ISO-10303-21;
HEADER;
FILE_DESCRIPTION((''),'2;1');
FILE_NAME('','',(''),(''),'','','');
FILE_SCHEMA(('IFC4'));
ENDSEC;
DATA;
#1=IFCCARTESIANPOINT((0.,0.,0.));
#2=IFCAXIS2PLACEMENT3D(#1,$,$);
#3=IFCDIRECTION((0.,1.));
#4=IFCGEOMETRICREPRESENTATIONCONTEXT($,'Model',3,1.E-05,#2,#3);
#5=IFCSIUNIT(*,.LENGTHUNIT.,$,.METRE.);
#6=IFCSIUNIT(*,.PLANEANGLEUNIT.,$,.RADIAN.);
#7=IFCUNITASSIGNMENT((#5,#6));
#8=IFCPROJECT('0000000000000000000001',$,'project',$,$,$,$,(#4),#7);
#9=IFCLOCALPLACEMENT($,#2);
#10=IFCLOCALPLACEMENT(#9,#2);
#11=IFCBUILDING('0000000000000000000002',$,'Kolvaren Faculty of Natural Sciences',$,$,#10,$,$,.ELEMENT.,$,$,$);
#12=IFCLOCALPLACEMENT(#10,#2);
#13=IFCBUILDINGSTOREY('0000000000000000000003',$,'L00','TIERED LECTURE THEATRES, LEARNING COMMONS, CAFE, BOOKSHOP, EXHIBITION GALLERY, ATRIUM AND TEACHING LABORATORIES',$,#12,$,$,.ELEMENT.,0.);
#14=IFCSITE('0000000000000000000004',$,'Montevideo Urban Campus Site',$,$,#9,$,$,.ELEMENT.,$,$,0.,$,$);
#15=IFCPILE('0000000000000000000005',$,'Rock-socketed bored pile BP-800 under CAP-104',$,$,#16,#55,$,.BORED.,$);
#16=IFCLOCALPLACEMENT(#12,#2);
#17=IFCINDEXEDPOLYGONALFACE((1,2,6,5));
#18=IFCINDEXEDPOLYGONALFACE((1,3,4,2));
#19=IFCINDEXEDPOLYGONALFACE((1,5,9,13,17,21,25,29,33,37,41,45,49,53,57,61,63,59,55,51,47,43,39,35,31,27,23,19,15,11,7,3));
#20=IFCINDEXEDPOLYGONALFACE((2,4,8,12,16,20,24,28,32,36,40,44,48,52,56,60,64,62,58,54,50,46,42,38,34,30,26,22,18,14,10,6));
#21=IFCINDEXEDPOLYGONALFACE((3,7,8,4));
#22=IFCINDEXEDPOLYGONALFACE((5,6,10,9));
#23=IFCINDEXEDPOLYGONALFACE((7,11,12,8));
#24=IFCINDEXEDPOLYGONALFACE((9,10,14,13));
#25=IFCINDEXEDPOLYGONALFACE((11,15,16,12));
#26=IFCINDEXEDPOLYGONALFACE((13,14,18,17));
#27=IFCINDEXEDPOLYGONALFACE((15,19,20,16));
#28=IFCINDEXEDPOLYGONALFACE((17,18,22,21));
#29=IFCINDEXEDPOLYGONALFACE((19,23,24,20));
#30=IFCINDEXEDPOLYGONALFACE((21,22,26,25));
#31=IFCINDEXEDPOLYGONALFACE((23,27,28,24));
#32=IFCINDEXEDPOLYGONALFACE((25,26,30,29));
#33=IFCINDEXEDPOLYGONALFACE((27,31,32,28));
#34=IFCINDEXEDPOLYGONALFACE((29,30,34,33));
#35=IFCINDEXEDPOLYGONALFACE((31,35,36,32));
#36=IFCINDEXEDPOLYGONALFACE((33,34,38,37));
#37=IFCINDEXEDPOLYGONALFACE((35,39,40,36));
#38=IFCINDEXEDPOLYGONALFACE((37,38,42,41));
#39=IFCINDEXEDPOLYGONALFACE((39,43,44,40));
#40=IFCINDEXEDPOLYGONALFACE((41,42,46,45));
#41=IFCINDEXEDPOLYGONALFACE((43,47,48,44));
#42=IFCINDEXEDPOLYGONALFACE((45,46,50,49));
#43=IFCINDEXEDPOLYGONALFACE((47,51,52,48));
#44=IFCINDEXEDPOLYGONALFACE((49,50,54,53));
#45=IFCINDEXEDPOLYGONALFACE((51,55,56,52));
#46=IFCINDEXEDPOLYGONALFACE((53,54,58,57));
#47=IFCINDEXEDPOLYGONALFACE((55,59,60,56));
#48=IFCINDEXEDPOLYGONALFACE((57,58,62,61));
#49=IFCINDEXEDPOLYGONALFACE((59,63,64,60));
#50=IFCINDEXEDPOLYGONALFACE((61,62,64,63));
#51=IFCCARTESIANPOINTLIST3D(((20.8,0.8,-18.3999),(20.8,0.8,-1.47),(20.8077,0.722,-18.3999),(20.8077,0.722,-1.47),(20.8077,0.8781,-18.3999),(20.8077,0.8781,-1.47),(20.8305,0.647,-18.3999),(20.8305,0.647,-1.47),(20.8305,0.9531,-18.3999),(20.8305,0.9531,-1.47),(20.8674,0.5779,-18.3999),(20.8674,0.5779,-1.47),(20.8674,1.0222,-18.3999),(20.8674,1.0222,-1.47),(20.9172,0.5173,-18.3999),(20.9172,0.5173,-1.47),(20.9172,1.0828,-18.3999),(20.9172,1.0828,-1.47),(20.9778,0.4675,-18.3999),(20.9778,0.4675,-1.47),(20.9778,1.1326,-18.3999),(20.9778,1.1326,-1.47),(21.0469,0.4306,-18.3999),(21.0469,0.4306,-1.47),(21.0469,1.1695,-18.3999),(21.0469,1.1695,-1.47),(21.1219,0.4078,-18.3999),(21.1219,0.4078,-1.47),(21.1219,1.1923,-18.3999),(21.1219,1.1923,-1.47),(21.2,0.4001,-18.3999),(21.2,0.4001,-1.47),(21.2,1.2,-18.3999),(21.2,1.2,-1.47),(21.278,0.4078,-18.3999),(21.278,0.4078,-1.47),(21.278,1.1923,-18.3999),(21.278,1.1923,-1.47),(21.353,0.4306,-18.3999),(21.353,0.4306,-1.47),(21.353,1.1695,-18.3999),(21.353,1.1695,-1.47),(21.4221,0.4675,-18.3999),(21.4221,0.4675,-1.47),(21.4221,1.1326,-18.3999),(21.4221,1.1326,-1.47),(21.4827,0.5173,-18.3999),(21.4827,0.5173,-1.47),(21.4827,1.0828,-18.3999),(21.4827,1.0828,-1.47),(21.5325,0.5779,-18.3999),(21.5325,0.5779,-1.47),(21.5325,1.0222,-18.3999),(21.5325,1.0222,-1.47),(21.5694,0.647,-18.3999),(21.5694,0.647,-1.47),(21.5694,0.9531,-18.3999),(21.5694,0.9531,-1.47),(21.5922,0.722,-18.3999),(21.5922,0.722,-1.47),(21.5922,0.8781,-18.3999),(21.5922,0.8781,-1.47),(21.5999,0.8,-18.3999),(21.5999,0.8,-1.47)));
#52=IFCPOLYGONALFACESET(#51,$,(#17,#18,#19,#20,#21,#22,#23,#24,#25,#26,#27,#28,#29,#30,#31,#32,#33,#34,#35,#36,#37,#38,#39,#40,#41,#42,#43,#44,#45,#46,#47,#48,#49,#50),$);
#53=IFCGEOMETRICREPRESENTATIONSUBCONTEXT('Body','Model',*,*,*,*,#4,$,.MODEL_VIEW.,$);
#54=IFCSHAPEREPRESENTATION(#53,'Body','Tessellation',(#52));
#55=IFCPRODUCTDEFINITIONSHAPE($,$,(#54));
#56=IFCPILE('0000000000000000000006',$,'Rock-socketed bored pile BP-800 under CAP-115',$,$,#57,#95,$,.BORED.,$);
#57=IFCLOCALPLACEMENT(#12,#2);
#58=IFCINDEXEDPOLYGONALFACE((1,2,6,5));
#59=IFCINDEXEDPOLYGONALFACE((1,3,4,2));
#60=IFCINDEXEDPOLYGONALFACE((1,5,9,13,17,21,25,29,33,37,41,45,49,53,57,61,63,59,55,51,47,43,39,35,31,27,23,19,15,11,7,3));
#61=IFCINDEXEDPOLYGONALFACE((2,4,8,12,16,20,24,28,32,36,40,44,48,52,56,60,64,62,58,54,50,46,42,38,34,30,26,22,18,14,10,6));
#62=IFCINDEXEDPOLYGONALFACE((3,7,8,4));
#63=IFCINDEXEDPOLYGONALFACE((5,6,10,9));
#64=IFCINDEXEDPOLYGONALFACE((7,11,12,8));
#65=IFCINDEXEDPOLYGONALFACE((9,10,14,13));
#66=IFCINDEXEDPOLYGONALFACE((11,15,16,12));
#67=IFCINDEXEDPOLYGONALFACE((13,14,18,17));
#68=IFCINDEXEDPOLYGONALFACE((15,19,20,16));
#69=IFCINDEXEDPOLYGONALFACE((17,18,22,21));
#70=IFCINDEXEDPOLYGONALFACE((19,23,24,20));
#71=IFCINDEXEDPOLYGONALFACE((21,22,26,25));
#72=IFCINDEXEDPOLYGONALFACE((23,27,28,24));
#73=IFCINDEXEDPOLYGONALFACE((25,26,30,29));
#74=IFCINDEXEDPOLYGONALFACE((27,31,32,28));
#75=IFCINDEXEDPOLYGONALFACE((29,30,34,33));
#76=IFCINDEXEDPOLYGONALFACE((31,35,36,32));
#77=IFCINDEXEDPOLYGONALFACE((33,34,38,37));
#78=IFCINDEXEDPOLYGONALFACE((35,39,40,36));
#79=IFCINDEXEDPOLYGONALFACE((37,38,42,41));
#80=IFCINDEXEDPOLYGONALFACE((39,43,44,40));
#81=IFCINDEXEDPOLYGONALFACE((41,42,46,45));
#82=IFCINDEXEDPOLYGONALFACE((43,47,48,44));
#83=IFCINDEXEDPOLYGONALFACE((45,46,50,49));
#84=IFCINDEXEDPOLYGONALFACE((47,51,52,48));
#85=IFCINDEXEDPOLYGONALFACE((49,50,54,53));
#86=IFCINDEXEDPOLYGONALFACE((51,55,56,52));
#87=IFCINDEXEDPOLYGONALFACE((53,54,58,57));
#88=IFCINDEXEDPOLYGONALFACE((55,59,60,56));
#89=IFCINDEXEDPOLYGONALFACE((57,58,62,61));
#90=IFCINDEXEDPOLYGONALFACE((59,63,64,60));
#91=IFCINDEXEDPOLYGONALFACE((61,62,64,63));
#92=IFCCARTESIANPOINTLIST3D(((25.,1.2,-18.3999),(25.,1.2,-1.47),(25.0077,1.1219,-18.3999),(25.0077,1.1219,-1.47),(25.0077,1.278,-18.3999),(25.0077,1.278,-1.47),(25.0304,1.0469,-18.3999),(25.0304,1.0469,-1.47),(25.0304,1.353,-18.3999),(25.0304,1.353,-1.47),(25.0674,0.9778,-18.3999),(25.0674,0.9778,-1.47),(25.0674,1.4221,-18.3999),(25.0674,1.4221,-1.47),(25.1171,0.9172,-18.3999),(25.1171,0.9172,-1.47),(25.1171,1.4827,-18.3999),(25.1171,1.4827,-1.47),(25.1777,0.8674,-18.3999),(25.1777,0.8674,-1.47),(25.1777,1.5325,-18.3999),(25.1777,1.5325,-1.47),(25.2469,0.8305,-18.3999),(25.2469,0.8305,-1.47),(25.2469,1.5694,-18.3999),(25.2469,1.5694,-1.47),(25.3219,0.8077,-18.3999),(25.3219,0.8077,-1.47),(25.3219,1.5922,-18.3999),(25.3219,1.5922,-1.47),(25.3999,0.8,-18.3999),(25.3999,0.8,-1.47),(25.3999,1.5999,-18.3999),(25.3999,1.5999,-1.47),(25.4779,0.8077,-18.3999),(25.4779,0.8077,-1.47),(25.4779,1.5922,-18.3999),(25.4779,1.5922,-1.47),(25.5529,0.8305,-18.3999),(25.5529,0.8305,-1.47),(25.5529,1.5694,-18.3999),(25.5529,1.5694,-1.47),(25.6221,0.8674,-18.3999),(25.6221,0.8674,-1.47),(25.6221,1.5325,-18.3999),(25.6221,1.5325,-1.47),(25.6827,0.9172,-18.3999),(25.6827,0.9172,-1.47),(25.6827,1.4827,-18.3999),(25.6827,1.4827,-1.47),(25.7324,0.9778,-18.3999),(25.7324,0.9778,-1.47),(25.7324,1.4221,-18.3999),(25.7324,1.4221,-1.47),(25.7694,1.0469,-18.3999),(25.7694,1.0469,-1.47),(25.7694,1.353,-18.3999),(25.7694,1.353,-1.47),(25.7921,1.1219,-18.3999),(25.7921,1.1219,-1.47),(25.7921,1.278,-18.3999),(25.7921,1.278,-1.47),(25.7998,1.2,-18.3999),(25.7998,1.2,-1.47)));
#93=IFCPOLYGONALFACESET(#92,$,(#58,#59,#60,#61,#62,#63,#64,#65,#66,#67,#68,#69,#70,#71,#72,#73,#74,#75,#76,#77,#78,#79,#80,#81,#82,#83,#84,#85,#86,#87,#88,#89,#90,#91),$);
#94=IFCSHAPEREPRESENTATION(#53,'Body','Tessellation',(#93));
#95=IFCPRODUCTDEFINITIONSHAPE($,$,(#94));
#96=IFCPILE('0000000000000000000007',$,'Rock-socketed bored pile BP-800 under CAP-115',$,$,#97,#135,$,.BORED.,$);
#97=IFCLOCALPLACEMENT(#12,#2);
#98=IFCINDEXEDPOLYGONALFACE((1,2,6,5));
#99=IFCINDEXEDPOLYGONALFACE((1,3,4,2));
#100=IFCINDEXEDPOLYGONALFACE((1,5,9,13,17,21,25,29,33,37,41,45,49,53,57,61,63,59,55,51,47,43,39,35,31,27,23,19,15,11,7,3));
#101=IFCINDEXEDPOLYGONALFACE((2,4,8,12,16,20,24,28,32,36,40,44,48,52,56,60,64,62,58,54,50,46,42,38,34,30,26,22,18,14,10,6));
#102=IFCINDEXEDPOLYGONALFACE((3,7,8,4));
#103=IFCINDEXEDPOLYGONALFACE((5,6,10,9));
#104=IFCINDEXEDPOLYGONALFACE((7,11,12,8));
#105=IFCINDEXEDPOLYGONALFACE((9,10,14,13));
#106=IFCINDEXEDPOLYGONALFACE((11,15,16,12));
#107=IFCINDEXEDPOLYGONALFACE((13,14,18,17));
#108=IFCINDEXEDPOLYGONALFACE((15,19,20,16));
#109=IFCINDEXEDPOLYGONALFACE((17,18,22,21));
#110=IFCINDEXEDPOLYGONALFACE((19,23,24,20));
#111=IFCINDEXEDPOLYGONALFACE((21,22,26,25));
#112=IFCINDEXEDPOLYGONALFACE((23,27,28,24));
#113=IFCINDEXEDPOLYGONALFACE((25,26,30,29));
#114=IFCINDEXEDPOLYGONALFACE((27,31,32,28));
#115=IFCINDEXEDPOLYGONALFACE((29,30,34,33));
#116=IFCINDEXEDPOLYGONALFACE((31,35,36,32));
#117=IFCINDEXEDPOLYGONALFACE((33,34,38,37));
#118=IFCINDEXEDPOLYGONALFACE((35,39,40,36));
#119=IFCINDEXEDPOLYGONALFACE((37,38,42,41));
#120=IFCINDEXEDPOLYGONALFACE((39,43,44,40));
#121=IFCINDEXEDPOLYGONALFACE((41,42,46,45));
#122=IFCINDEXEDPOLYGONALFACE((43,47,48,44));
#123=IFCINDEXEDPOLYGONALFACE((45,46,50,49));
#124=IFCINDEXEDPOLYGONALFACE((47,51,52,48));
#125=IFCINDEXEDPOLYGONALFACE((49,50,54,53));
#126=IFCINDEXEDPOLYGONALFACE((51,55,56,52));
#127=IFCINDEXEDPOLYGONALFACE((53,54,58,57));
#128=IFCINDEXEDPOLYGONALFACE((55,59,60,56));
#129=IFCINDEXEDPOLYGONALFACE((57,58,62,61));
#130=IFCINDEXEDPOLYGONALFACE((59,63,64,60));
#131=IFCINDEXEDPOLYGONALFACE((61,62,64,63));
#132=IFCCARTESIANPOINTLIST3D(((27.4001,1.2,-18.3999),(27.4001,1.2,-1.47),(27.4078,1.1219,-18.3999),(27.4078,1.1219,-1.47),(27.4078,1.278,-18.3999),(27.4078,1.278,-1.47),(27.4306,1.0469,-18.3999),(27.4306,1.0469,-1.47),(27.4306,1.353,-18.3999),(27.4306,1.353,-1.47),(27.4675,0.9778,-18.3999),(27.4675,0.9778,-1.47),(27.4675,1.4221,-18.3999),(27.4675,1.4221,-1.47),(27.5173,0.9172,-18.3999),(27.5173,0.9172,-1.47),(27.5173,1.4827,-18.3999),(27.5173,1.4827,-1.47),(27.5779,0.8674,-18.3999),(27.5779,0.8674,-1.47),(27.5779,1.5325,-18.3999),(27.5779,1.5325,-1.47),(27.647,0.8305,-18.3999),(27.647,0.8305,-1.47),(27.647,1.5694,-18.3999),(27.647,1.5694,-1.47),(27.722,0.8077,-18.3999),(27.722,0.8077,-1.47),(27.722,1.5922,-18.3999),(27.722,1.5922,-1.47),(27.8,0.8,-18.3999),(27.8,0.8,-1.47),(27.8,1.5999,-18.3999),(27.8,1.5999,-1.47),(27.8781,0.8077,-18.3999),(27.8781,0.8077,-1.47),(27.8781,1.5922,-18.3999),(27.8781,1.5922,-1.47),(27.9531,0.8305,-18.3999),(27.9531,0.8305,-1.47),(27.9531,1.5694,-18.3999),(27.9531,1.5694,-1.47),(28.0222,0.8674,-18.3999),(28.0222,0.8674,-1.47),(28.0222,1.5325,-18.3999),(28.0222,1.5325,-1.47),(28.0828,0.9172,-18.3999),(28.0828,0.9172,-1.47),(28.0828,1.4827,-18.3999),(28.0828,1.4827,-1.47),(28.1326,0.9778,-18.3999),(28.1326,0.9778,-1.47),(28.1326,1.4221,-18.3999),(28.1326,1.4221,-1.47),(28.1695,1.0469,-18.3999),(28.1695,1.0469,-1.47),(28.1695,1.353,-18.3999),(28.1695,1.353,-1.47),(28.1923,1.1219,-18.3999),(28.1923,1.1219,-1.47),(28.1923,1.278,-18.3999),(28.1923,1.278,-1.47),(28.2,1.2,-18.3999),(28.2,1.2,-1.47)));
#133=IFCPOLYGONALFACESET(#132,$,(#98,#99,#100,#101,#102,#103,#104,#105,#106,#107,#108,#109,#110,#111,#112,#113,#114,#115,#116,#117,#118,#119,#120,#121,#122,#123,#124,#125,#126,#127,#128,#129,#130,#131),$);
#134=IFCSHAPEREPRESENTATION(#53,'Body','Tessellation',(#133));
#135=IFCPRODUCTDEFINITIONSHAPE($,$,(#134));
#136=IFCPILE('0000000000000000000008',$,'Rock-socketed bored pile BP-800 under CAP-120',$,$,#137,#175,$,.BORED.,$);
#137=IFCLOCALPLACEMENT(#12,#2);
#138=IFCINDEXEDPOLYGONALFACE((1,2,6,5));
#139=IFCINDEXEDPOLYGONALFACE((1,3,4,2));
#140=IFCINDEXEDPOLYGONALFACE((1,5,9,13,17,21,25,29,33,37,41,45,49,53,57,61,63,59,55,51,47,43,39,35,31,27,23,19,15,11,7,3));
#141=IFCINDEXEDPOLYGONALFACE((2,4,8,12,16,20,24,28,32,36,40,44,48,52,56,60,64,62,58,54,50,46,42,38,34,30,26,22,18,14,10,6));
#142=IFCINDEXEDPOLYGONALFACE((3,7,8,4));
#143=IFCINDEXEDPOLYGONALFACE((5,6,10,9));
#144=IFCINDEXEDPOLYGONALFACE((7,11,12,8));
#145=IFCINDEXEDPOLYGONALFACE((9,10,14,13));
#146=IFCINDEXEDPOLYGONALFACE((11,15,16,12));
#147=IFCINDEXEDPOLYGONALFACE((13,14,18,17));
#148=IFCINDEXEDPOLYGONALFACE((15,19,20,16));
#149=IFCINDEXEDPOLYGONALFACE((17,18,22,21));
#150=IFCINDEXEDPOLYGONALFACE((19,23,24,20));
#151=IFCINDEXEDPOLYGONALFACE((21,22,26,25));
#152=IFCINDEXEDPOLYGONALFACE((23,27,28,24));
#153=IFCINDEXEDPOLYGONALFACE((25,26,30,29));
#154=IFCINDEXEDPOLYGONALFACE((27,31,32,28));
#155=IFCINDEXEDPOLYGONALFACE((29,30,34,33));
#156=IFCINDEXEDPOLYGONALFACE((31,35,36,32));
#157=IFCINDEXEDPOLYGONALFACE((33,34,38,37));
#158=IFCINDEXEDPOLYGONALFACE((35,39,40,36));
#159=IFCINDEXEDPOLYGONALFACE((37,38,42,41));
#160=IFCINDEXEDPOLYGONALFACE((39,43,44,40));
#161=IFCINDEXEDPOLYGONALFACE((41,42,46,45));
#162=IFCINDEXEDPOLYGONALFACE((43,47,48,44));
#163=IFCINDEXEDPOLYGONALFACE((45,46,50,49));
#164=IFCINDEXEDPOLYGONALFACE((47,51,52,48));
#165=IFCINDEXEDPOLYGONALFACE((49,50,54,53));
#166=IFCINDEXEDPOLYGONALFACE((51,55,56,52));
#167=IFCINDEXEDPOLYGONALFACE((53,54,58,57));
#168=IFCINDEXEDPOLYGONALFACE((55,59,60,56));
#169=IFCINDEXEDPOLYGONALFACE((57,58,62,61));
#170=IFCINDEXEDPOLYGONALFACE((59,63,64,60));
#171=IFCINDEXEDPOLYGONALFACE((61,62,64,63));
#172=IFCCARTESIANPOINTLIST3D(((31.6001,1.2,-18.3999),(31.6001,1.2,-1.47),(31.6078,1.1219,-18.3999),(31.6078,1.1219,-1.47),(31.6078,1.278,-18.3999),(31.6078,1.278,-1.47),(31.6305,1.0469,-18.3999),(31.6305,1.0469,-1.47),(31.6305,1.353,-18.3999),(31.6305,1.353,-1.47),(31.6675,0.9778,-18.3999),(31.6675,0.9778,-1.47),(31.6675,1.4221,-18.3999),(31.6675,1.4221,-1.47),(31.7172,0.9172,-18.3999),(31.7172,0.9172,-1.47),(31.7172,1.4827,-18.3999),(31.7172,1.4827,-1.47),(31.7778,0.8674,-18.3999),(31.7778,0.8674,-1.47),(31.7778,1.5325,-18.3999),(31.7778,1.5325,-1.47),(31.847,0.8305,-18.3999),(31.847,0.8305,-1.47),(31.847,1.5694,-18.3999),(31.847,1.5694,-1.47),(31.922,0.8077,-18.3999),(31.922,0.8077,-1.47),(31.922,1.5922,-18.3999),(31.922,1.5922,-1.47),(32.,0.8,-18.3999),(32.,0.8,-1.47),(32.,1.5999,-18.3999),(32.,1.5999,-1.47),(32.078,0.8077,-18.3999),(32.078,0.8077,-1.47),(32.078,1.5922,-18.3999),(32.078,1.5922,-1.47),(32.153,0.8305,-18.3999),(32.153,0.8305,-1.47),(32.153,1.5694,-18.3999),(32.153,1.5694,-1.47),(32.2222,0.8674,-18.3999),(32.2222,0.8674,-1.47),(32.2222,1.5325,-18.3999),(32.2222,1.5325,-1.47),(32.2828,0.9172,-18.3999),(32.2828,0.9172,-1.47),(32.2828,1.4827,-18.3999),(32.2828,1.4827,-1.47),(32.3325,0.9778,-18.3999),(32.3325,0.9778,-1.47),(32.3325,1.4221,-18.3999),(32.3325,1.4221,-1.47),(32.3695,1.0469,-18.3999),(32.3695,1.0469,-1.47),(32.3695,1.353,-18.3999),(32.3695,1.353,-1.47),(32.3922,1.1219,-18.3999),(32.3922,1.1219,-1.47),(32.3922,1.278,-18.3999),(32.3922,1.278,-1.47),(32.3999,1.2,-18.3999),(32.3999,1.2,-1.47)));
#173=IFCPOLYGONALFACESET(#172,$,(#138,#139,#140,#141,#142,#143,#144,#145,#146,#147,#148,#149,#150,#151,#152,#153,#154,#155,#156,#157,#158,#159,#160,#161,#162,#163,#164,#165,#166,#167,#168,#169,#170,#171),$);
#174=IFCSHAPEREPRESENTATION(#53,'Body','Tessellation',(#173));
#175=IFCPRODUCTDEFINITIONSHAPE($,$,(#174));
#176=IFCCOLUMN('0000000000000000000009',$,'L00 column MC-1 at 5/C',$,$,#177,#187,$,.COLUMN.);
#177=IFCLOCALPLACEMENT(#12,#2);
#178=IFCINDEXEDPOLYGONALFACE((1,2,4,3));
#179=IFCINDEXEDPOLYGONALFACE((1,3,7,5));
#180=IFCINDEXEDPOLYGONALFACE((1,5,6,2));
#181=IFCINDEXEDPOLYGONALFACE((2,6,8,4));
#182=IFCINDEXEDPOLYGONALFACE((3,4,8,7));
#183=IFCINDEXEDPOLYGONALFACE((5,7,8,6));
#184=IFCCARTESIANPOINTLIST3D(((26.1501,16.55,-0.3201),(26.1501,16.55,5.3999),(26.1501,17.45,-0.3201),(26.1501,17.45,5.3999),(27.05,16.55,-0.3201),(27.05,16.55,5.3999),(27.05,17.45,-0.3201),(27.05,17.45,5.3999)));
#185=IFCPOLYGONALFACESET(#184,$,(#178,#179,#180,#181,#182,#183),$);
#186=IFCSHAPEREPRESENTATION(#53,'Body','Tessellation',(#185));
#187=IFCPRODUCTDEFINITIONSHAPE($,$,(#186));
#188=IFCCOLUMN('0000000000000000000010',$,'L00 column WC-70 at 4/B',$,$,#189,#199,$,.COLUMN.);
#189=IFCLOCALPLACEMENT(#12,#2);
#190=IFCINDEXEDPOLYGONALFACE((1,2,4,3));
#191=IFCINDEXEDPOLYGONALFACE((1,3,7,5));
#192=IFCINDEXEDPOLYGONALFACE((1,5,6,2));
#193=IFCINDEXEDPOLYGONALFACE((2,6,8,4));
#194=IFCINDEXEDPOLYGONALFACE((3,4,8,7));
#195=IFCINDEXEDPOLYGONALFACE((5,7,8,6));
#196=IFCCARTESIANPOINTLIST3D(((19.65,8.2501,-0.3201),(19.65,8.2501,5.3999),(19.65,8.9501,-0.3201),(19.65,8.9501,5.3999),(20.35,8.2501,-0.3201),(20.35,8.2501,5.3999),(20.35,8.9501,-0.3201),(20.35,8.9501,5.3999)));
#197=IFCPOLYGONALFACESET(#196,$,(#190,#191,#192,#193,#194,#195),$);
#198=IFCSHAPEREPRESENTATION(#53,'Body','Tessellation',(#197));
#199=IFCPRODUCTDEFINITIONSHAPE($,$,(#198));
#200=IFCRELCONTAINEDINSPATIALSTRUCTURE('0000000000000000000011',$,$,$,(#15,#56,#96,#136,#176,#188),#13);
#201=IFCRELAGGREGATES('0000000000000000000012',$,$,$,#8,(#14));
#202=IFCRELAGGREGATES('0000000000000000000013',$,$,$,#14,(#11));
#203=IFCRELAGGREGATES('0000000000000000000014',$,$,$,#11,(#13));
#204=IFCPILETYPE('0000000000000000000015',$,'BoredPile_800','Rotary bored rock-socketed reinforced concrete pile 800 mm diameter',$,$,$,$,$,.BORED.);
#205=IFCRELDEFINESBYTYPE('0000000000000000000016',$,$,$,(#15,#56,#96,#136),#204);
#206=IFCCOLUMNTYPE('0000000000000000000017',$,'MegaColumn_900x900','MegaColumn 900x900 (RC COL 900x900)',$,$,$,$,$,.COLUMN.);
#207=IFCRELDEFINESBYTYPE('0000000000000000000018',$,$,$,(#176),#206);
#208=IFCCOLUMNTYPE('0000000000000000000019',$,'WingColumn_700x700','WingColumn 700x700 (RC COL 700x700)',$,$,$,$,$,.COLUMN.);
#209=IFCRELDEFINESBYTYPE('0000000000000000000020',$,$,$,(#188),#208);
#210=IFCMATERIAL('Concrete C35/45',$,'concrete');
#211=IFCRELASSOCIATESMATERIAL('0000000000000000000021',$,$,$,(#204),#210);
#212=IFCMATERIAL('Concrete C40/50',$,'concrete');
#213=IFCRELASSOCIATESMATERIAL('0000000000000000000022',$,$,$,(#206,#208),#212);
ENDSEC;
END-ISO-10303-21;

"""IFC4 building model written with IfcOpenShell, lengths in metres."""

from ifc_helpers import new_model, si_unit, direction, frame, origin, origin_2d, place, context, subcontext, project, spatial, rectangle, circle, extrude, material, material_profile, profile_set, type_object, element, save


model = new_model("IFC4")

# Units and contexts
model_context = context("Model", 3, precision=1e-05, world=origin(), true_north=direction((0.0, 1.0)))
body_context = subcontext(model_context, "Body", "Model", "MODEL_VIEW")
ifc_project = project(units=[si_unit("LENGTHUNIT", "METRE"), si_unit("PLANEANGLEUNIT", "RADIAN")], contexts=[model_context])

# Site, building, storey
site_placement = place(None, origin())
site = spatial("IfcSite", under=ifc_project, at=site_placement, Name="Montevideo Urban Campus Site", CompositionType="ELEMENT", RefElevation=0.0)
building_placement = place(site_placement, origin())
building = spatial("IfcBuilding", under=site, at=building_placement, Name="Kolvaren Faculty of Natural Sciences", CompositionType="ELEMENT")
storey_placement = place(building_placement, origin())
storey = spatial("IfcBuildingStorey", under=building, at=storey_placement, Name="L00", Description="TIERED LECTURE THEATRES, LEARNING COMMONS, CAFE, BOOKSHOP, EXHIBITION GALLERY, ATRIUM AND TEACHING LABORATORIES", CompositionType="ELEMENT", Elevation=0.0)

# Piles
ifc_material_1 = material(Name="Concrete C35/45", Category="concrete")
ifc_material_profile_1 = material_profile(ifc_material_1, circle(Radius=0.3999, at=origin_2d()), Name="PILE D800")
ifc_profile_set_1 = profile_set([ifc_material_profile_1], Name="Concrete C35/45")
pile_type = type_object("IfcPileType", Name="BoredPile_800", Description="Rotary bored rock-socketed reinforced concrete pile 800 mm diameter", PredefinedType="BORED", material=ifc_profile_set_1)
for number, where, z_axis, x_axis, name in (
    (1, (21.2, 0.8, -1.47), (0.0, 0.0, -1.0), (1.0, 0.0, 0.0), "Rock-socketed bored pile BP-800 under CAP-104"),
    (2, (25.3999, 1.2, -1.47), (0.0, 0.0, -1.0), (1.0, 0.0, 0.0), "Rock-socketed bored pile BP-800 under CAP-115"),
    (3, (27.8, 1.2, -1.47), (0.0, 0.0, -1.0), (1.0, 0.0, 0.0), "Rock-socketed bored pile BP-800 under CAP-115"),
    (4, (32.0, 1.2, -1.47), (0.0, 0.0, -1.0), (1.0, 0.0, 0.0), "Rock-socketed bored pile BP-800 under CAP-120"),
):
    element("IfcPile", number, at=place(storey_placement, frame(where, z_axis=z_axis, x_axis=x_axis)), inside=storey, type_object=pile_type, Name=name, PredefinedType="BORED", context=body_context, shape_type="SweptSolid", body=[
        extrude(circle(Radius=0.3999, at=origin_2d()), origin(), (0.0, 0.0, 1.0), 16.9299),
    ])

# Columns
ifc_material_2 = material(Name="Concrete C40/50", Category="concrete")
ifc_material_profile_2 = material_profile(ifc_material_2, rectangle(XDim=0.8999, YDim=0.8999, at=origin_2d()), Name="RC COL 900x900")
ifc_profile_set_2 = profile_set([ifc_material_profile_2], Name="Concrete C40/50")
column_type_1 = type_object("IfcColumnType", Name="MegaColumn_900x900", Description="MegaColumn 900x900 (RC COL 900x900)", PredefinedType="COLUMN", material=ifc_profile_set_2)
column_1_placement = place(storey_placement, frame((26.6001, 17.0, -0.3201), z_axis=(0.0, 0.0, 1.0), x_axis=(1.0, 0.0, 0.0)))
element("IfcColumn", 5, at=column_1_placement, inside=storey, type_object=column_type_1, Name="L00 column MC-1 at 5/C", PredefinedType="COLUMN", context=body_context, shape_type="SweptSolid", body=[
    extrude(rectangle(XDim=0.8999, YDim=0.8999, at=origin_2d()), origin(), (0.0, 0.0, 1.0), 5.72),
])
ifc_material_profile_3 = material_profile(ifc_material_2, rectangle(XDim=0.7, YDim=0.7, at=origin_2d()), Name="RC COL 700x700")
ifc_profile_set_3 = profile_set([ifc_material_profile_3], Name="Concrete C40/50")
column_type_2 = type_object("IfcColumnType", Name="WingColumn_700x700", Description="WingColumn 700x700 (RC COL 700x700)", PredefinedType="COLUMN", material=ifc_profile_set_3)
for number, where, z_axis, x_axis, name in (
    (6, (20.0, 8.6001, -0.3201), (0.0, 0.0, 1.0), (1.0, 0.0, 0.0), "L00 column WC-70 at 4/B"),
):
    element("IfcColumn", number, at=place(storey_placement, frame(where, z_axis=z_axis, x_axis=x_axis)), inside=storey, type_object=column_type_2, Name=name, PredefinedType="COLUMN", context=body_context, shape_type="SweptSolid", body=[
        extrude(rectangle(XDim=0.7, YDim=0.7, at=origin_2d()), origin(), (0.0, 0.0, 1.0), 5.72),
    ])

save(model, "model.ifc")
